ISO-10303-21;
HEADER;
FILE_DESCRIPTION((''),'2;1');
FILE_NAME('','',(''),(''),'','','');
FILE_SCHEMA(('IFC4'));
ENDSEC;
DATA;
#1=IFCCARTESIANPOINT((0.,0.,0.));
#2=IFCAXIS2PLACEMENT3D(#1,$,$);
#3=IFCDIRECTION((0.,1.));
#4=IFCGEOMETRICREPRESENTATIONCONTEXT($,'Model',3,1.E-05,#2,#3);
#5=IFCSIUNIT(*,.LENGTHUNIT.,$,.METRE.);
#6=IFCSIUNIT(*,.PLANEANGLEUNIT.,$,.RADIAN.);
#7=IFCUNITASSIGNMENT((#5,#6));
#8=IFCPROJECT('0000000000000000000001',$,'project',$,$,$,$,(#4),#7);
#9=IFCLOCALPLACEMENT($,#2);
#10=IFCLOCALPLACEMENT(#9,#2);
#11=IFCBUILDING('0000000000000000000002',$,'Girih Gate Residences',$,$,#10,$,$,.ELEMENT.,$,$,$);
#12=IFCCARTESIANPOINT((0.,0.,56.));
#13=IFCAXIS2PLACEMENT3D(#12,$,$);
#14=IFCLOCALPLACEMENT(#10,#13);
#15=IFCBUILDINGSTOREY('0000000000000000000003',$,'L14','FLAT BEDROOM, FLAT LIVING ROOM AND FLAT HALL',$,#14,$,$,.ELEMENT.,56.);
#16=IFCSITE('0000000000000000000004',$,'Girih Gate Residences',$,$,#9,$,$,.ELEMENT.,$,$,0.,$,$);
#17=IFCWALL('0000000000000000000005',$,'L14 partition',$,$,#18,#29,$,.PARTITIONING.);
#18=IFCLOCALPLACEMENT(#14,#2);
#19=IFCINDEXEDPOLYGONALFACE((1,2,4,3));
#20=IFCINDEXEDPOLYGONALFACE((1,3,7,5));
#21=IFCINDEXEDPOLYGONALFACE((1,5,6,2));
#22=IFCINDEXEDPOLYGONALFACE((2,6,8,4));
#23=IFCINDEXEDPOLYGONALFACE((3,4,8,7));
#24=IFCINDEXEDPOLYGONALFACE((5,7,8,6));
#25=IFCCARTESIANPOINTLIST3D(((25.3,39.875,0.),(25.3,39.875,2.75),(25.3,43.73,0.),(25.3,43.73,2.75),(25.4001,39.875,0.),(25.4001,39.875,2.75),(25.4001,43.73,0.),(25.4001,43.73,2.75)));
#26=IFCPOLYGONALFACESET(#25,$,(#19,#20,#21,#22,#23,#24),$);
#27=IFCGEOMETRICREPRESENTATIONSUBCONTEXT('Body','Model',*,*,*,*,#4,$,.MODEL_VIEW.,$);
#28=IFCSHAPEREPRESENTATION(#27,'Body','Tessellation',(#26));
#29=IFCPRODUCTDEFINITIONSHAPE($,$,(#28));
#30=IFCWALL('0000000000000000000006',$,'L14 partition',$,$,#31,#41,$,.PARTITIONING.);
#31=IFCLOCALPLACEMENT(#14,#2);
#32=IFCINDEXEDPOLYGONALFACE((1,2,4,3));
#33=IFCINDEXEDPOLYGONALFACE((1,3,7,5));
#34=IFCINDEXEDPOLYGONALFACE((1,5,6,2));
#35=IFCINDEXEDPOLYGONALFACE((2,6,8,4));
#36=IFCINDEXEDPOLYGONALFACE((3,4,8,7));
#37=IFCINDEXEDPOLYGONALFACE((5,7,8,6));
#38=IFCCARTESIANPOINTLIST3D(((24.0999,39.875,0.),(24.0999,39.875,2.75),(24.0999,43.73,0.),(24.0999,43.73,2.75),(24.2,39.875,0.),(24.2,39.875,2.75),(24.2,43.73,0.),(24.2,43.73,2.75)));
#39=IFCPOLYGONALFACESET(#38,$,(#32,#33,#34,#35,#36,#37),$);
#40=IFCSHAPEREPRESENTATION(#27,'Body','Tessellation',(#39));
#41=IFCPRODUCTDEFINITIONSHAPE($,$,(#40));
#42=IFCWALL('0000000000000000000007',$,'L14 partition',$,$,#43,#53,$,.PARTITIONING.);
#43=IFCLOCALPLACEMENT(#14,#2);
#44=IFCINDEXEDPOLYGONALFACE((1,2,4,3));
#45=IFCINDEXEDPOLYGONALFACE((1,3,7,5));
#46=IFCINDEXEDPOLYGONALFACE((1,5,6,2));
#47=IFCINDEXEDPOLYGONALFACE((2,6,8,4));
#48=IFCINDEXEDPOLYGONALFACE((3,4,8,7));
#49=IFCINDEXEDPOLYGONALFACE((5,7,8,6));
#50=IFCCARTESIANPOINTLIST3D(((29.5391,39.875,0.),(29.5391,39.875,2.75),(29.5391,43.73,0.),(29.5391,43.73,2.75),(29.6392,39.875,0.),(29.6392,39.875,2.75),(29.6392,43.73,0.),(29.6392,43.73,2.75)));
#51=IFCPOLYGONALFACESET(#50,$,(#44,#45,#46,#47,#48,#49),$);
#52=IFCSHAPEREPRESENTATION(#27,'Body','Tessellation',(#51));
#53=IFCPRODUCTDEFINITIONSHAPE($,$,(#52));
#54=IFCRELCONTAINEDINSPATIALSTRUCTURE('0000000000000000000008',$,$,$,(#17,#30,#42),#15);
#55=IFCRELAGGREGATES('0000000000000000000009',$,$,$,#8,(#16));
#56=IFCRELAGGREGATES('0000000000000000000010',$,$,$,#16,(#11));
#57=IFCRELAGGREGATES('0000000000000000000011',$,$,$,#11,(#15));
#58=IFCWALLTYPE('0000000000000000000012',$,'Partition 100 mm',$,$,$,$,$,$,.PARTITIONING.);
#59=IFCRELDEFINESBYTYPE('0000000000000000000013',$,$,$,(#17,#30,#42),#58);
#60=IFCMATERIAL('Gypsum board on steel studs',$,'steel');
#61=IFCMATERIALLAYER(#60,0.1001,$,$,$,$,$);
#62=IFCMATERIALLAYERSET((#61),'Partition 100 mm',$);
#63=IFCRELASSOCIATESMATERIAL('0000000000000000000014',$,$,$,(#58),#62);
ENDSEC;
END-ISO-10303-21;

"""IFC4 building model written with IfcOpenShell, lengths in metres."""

from ifc_helpers import new_model, si_unit, direction, frame, frame_2d, origin, place, context, subcontext, project, spatial, rectangle, extrude, material, layer, layer_set, type_object, element, save


model = new_model("IFC4")

# Units and contexts
model_context = context("Model", 3, precision=1e-05, world=origin(), true_north=direction((0.0, 1.0)))
body_context = subcontext(model_context, "Body", "Model", "MODEL_VIEW")
ifc_project = project(units=[si_unit("LENGTHUNIT", "METRE"), si_unit("PLANEANGLEUNIT", "RADIAN")], contexts=[model_context])

# Site, building, storey
site_placement = place(None, origin())
site = spatial("IfcSite", under=ifc_project, at=site_placement, Name="Girih Gate Residences", CompositionType="ELEMENT", RefElevation=0.0)
building_placement = place(site_placement, origin())
building = spatial("IfcBuilding", under=site, at=building_placement, Name="Girih Gate Residences", CompositionType="ELEMENT")
storey_placement = place(building_placement, frame((0.0, 0.0, 56.0)))
storey = spatial("IfcBuildingStorey", under=building, at=storey_placement, Name="L14", Description="FLAT BEDROOM, FLAT LIVING ROOM AND FLAT HALL", CompositionType="ELEMENT", Elevation=56.0)

# Shared definitions
ifc_material_1 = material(Name="Gypsum board on steel studs", Category="steel")

# Walls
ifc_layer_1 = layer(ifc_material_1, 0.1001)
ifc_layer_set_1 = layer_set([ifc_layer_1], Name="Partition 100 mm")
wall_type_1 = type_object("IfcWallType", Name="Partition 100 mm", PredefinedType="PARTITIONING", material=ifc_layer_set_1)
for number, where, z_axis, x_axis, name in (
    (1, (25.3501, 39.875, 0.0), (0.0, 0.0, 1.0), (0.0, 1.0, 0.0), "L14 partition"),
    (2, (24.1499, 39.875, 0.0), (0.0, 0.0, 1.0), (0.0, 1.0, 0.0), "L14 partition"),
    (3, (29.5891, 39.875, 0.0), (0.0, 0.0, 1.0), (0.0, 1.0, 0.0), "L14 partition"),
):
    element("IfcWall", number, at=place(storey_placement, frame(where, z_axis=z_axis, x_axis=x_axis)), inside=storey, type_object=wall_type_1, Name=name, PredefinedType="PARTITIONING", context=body_context, shape_type="SweptSolid", body=[
        extrude(rectangle(XDim=3.855, YDim=0.1001, at=frame_2d((1.9275, 0.0))), origin(), (0.0, 0.0, 1.0), 2.75),
    ])

save(model, "model.ifc")
